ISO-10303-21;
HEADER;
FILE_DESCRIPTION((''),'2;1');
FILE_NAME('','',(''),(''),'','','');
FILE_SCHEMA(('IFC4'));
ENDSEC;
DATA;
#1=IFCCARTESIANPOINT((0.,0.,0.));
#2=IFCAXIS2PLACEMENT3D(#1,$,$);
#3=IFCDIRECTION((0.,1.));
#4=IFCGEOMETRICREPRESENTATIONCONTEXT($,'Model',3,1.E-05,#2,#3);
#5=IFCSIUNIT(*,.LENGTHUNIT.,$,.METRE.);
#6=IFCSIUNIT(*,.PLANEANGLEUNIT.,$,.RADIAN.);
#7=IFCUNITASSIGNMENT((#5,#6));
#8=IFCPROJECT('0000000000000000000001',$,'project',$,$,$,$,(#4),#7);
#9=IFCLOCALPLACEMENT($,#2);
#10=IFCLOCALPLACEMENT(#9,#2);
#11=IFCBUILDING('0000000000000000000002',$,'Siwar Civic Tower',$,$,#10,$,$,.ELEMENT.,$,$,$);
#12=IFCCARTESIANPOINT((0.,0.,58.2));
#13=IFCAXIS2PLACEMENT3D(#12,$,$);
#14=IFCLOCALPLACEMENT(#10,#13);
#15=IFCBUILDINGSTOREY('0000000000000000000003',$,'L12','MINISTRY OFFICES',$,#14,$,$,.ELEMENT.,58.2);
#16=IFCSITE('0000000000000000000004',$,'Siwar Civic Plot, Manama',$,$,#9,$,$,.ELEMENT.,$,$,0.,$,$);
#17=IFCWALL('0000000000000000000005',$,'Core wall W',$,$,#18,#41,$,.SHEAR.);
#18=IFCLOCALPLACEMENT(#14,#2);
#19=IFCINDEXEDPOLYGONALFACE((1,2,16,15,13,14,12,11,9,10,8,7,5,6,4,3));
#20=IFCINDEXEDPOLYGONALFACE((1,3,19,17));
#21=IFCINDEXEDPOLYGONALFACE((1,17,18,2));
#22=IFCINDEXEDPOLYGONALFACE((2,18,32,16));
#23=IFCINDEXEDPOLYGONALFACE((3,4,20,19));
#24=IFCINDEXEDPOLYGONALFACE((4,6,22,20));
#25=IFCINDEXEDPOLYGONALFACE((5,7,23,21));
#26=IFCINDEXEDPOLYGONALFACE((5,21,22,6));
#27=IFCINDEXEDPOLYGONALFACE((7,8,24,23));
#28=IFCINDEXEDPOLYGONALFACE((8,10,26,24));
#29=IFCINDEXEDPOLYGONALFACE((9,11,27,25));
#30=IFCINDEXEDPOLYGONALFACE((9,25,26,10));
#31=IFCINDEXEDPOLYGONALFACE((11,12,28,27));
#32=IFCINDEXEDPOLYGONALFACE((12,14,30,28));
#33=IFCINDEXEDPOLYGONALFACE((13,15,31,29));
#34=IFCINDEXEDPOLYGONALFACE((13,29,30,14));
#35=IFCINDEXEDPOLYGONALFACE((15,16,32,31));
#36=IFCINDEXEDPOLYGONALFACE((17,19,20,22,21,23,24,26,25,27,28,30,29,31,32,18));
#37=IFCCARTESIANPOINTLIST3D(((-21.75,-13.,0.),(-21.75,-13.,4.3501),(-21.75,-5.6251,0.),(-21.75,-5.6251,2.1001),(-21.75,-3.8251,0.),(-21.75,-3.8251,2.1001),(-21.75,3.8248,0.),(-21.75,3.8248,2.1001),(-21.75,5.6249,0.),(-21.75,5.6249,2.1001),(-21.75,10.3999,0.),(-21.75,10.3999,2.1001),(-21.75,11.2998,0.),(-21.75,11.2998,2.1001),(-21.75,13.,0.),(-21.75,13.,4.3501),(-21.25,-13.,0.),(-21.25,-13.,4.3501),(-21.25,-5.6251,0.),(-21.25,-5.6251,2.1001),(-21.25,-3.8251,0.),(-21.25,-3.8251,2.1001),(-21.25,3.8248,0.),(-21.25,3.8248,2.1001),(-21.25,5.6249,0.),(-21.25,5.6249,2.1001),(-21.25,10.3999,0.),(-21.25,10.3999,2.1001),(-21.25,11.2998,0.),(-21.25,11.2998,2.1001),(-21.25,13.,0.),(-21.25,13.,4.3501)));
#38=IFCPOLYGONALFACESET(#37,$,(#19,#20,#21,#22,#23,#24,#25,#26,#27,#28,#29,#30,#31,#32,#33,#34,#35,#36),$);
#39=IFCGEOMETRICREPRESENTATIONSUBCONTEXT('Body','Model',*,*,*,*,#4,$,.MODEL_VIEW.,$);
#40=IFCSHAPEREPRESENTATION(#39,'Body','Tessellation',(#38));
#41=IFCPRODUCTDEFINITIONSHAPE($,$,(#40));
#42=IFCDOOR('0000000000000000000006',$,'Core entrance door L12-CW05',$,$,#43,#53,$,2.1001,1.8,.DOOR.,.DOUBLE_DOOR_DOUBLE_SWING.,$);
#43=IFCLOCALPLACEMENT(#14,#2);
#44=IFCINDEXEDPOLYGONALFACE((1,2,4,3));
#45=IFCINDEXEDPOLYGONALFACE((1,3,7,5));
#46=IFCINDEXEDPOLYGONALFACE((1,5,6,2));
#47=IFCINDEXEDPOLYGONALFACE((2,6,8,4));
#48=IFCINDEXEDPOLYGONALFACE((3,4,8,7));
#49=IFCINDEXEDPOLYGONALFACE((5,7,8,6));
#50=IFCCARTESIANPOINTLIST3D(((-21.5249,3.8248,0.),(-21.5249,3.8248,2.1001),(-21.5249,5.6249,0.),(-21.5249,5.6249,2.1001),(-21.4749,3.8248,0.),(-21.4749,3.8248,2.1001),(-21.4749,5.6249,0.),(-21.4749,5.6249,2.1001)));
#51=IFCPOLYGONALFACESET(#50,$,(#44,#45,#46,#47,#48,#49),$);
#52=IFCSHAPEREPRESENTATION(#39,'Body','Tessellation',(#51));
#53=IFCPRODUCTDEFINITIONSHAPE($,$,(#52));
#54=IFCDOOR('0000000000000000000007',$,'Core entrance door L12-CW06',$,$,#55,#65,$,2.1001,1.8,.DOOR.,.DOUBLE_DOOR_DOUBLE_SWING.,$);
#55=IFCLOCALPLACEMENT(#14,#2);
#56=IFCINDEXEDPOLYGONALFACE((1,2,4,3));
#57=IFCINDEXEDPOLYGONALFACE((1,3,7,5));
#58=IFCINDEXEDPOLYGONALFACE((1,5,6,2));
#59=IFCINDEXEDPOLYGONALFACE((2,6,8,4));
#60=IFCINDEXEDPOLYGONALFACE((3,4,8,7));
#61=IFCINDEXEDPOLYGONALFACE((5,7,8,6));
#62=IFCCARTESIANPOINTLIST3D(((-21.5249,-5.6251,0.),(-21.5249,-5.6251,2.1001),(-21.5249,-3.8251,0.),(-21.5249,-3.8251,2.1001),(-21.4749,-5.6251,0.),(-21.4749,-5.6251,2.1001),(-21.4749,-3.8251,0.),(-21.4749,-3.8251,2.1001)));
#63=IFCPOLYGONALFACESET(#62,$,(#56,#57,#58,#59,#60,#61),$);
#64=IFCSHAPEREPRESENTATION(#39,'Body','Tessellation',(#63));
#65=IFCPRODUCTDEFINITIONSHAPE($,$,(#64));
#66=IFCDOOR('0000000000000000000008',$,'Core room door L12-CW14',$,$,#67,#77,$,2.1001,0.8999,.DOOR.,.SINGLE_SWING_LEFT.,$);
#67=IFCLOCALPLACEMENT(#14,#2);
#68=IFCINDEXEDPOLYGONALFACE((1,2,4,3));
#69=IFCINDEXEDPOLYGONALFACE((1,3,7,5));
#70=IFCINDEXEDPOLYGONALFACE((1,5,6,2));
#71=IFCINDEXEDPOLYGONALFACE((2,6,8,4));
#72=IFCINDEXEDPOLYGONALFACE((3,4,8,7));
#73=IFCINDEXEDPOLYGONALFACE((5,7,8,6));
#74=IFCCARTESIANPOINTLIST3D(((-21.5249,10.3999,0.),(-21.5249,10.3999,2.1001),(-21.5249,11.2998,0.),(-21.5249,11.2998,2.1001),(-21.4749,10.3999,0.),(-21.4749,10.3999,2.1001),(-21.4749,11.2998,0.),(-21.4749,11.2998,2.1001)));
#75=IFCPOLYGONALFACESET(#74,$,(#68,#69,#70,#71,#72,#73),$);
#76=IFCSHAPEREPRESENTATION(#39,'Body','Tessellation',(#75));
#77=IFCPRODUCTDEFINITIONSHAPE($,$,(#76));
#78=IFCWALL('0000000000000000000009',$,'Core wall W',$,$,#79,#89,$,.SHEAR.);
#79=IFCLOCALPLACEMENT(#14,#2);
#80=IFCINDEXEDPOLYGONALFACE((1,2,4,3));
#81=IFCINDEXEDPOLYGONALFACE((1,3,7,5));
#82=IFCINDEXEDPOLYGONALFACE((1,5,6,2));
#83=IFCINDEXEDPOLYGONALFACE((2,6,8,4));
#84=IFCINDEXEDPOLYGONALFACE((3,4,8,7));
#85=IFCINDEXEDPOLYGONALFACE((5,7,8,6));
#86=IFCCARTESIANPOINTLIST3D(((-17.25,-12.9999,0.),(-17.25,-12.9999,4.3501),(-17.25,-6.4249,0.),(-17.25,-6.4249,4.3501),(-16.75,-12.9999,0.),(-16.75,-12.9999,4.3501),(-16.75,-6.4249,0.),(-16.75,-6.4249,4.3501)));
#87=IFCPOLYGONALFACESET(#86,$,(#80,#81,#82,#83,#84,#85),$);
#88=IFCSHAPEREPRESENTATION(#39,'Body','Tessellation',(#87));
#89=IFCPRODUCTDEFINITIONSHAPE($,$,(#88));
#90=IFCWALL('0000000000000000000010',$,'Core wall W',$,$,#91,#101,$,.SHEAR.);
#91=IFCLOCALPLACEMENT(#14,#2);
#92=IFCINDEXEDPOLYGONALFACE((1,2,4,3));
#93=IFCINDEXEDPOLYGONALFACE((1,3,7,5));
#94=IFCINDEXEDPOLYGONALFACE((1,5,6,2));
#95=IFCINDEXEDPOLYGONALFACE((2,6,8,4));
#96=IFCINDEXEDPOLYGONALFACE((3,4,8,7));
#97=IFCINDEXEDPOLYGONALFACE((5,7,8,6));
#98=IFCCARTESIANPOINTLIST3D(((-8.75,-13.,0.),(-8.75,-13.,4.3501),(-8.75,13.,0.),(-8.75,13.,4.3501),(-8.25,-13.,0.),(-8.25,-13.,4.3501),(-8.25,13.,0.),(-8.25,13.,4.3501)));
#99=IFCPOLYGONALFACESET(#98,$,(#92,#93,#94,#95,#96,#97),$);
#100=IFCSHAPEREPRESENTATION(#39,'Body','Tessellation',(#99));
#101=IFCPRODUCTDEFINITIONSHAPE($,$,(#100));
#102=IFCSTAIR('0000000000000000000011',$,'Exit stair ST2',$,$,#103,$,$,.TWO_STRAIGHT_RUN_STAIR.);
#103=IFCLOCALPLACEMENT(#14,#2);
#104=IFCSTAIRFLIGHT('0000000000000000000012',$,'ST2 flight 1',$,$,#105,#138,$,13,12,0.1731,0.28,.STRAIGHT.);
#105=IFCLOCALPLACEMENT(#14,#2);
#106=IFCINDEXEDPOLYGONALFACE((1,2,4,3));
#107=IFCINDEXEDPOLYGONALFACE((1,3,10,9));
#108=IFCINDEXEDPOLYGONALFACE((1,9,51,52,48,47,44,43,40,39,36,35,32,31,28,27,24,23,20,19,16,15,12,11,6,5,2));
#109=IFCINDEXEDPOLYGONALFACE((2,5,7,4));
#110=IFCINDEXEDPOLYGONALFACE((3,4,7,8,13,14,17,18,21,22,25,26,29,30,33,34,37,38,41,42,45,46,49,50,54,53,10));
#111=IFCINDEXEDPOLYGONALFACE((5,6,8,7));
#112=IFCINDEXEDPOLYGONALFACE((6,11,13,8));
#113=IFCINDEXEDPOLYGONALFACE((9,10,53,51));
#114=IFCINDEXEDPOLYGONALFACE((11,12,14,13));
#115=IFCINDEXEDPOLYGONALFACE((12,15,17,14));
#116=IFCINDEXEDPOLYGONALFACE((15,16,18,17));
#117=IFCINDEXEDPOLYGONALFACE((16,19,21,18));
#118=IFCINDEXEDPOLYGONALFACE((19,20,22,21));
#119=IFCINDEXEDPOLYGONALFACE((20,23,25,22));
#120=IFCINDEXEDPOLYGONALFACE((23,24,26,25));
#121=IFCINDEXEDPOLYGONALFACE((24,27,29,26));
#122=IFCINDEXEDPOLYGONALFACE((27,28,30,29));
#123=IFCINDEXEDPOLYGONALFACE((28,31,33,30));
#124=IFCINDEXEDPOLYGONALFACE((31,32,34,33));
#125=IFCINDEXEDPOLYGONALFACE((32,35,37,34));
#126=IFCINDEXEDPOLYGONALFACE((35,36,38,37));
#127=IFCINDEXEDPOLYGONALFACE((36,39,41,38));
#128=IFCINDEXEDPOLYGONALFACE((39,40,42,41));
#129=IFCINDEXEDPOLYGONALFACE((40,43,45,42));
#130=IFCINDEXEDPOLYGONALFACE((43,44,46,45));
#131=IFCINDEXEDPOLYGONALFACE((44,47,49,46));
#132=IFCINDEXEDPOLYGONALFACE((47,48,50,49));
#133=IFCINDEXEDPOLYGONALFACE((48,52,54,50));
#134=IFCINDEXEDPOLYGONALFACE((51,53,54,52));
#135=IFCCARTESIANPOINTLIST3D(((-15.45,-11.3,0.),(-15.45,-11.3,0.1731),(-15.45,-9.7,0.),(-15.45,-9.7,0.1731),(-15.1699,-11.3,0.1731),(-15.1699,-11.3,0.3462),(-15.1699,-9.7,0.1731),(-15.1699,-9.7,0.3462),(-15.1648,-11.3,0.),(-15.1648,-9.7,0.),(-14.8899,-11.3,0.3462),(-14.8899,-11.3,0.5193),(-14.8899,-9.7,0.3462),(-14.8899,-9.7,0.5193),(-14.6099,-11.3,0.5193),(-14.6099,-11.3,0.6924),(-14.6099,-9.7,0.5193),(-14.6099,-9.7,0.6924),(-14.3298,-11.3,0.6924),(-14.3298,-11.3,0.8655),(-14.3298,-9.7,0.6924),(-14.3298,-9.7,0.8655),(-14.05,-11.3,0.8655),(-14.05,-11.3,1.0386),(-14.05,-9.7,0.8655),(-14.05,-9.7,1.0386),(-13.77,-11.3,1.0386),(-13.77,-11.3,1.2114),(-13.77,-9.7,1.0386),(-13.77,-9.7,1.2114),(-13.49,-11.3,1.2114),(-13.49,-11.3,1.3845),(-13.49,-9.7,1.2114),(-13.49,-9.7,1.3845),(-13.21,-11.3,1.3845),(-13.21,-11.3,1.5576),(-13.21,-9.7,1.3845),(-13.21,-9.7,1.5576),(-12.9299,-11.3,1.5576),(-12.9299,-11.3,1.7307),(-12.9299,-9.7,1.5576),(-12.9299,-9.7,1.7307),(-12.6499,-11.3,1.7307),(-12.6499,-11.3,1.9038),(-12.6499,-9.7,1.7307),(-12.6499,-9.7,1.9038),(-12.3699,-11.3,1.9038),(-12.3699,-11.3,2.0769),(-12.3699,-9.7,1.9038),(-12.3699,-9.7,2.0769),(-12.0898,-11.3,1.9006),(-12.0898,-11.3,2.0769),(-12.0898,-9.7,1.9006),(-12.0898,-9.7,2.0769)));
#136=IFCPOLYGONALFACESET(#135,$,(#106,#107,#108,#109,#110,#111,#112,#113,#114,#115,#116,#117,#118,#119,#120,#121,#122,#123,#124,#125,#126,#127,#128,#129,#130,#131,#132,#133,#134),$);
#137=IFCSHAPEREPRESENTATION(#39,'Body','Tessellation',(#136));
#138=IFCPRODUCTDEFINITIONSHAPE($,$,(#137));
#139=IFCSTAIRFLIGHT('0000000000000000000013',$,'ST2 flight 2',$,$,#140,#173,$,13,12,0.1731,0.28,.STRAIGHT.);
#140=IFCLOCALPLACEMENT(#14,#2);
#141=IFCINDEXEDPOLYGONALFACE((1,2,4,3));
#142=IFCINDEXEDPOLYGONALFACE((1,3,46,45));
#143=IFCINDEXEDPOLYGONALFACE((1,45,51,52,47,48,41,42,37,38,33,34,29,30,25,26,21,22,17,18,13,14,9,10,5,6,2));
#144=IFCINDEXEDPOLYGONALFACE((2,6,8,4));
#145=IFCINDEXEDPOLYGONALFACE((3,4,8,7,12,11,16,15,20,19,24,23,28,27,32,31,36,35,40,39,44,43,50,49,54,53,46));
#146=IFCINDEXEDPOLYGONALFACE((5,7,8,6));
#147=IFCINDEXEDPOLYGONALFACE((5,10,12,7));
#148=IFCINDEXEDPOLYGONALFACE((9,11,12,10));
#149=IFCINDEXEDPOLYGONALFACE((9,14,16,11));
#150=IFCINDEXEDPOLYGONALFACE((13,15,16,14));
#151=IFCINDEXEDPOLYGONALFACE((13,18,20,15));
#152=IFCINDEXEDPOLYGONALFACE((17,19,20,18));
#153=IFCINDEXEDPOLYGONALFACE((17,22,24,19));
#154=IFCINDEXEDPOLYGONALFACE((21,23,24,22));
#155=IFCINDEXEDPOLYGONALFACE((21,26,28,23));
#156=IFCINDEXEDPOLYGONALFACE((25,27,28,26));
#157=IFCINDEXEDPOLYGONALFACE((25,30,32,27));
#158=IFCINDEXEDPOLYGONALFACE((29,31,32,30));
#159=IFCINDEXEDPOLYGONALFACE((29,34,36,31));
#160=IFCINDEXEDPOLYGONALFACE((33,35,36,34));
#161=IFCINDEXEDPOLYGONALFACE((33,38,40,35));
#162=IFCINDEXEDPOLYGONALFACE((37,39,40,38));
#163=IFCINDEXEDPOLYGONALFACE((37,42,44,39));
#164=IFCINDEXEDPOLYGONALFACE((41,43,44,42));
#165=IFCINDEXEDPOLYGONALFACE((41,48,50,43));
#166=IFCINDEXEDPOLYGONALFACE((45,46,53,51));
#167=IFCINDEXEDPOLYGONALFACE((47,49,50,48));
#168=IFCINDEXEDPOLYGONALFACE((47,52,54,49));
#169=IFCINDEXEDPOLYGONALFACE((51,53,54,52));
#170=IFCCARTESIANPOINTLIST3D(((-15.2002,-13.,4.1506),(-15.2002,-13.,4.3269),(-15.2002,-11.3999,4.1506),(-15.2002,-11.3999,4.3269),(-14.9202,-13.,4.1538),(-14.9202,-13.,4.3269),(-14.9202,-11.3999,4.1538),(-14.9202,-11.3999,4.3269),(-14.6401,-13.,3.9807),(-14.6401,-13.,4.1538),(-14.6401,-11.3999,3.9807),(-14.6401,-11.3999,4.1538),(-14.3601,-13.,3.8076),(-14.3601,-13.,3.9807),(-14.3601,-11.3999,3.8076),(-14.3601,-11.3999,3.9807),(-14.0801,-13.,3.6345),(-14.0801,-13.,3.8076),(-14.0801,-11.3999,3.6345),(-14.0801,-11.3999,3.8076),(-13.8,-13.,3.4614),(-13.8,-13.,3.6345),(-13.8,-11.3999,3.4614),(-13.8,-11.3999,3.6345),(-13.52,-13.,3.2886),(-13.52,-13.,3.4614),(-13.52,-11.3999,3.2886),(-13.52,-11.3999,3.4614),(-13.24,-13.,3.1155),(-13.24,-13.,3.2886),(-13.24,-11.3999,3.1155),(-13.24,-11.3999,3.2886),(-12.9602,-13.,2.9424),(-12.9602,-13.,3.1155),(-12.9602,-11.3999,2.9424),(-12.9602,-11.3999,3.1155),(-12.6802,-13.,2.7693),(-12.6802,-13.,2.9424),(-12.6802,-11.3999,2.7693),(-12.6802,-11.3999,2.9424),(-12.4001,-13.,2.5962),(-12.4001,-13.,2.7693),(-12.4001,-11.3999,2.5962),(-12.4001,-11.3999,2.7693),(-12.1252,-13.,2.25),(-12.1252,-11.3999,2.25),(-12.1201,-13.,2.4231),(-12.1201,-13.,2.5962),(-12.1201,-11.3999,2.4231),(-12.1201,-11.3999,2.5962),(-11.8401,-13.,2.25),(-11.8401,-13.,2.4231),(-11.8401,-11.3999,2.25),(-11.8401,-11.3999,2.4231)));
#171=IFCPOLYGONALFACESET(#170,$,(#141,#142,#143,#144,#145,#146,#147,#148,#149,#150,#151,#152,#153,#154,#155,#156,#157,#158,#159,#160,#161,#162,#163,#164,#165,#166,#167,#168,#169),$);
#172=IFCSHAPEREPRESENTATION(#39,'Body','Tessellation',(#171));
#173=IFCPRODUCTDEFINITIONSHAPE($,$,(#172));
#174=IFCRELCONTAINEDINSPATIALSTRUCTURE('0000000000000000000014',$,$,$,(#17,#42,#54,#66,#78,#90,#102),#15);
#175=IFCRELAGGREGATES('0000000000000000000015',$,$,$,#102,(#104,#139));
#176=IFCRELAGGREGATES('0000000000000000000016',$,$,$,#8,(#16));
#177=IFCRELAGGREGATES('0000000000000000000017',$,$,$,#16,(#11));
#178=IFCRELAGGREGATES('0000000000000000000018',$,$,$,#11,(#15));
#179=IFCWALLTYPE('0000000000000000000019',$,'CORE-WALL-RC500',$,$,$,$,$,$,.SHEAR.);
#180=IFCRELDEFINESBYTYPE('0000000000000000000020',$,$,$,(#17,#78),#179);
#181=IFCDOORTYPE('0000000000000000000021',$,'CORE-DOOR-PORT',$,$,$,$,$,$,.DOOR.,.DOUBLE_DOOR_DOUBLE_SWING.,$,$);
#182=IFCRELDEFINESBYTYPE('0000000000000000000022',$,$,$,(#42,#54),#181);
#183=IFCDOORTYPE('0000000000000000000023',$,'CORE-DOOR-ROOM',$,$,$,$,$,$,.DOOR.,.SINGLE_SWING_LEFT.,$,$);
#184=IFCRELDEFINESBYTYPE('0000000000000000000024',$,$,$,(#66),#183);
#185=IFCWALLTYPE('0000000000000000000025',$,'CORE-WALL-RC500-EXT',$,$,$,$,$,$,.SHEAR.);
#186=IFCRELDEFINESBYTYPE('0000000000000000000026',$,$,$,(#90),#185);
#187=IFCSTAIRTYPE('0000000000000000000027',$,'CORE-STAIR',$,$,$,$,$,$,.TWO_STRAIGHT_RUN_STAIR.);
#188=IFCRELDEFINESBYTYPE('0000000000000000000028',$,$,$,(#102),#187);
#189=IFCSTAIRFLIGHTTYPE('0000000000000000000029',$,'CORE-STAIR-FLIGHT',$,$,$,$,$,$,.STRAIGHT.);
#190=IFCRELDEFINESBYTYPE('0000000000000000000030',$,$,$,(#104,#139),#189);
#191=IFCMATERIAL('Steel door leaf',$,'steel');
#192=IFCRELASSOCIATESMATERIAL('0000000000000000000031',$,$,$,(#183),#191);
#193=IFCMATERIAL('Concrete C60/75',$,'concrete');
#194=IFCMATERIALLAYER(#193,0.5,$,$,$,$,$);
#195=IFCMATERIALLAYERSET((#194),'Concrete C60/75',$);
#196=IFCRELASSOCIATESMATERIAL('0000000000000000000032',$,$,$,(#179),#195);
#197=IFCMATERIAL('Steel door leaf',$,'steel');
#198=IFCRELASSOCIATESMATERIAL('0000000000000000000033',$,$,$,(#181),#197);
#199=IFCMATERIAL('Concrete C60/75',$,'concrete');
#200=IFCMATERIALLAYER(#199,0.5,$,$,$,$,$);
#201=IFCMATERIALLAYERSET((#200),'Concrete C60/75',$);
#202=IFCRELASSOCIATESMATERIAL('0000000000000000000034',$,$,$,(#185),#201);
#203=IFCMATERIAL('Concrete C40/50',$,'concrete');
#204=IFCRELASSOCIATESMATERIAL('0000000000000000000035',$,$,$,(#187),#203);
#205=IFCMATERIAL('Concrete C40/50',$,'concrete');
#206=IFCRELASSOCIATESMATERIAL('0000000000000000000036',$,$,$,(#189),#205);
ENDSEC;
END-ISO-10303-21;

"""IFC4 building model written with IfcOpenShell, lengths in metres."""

from ifc_helpers import new_model, si_unit, direction, frame, frame_2d, origin, place, context, subcontext, project, spatial, polyline, rectangle, outline, extrude, material, layer, layer_set, type_object, element, fill, aggregate, save


model = new_model("IFC4")

# Units and contexts
model_context = context("Model", 3, precision=1e-05, world=origin(), true_north=direction((0.0, 1.0)))
body_context = subcontext(model_context, "Body", "Model", "MODEL_VIEW")
ifc_project = project(units=[si_unit("LENGTHUNIT", "METRE"), si_unit("PLANEANGLEUNIT", "RADIAN")], contexts=[model_context])

# Site, building, storey
site_placement = place(None, origin())
site = spatial("IfcSite", under=ifc_project, at=site_placement, Name="Siwar Civic Plot, Manama", CompositionType="ELEMENT", RefElevation=0.0)
building_placement = place(site_placement, origin())
building = spatial("IfcBuilding", under=site, at=building_placement, Name="Siwar Civic Tower", CompositionType="ELEMENT")
storey_placement = place(building_placement, frame((0.0, 0.0, 58.2)))
storey = spatial("IfcBuildingStorey", under=building, at=storey_placement, Name="L12", Description="MINISTRY OFFICES", CompositionType="ELEMENT", Elevation=58.2)

# Shared definitions
ifc_material_1 = material(Name="Steel door leaf", Category="steel")
door_type_1 = type_object("IfcDoorType", Name="CORE-DOOR-ROOM", OperationType="SINGLE_SWING_LEFT", PredefinedType="DOOR", material=ifc_material_1)

# Wall, openings, doors
ifc_material_2 = material(Name="Concrete C60/75", Category="concrete")
ifc_layer_1 = layer(ifc_material_2, 0.5)
ifc_layer_set_1 = layer_set([ifc_layer_1], Name="Concrete C60/75")
wall_type_1 = type_object("IfcWallType", Name="CORE-WALL-RC500", PredefinedType="SHEAR", material=ifc_layer_set_1)
wall_1_placement = place(storey_placement, frame((-21.5, -13.0, 0.0), z_axis=(0.0, 0.0, 1.0), x_axis=(0.0, 1.0, 0.0)))
wall_1 = element("IfcWall", 1, at=wall_1_placement, inside=storey, type_object=wall_type_1, Name="Core wall W", PredefinedType="SHEAR", context=body_context, shape_type="SweptSolid", body=[
    extrude(rectangle(XDim=26.0, YDim=0.5, at=frame_2d((13.0, 0.0))), origin(), (0.0, 0.0, 1.0), 4.3501),
])
opening_1_placement = place(wall_1_placement, frame((16.825, 0.0, 0.0)))
opening_1 = element("IfcOpeningElement", 2, at=opening_1_placement, cuts=wall_1, PredefinedType="OPENING", context=body_context, shape_type="SweptSolid", body=[
    extrude(rectangle(XDim=1.8, YDim=2.1001, at=frame_2d((0.8999, 1.05))), frame((0.0, 0.26, 0.0), z_axis=(0.0, -1.0, 0.0), x_axis=(1.0, 0.0, 0.0)), (0.0, 0.0, 1.0), 0.52),
])
opening_2_placement = place(wall_1_placement, frame((7.375, 0.0, 0.0)))
opening_2 = element("IfcOpeningElement", 3, at=opening_2_placement, cuts=wall_1, PredefinedType="OPENING", context=body_context, shape_type="SweptSolid", body=[
    extrude(rectangle(XDim=1.8, YDim=2.1001, at=frame_2d((0.8999, 1.05))), frame((0.0, 0.26, 0.0), z_axis=(0.0, -1.0, 0.0), x_axis=(1.0, 0.0, 0.0)), (0.0, 0.0, 1.0), 0.52),
])
opening_3_placement = place(wall_1_placement, frame((23.3999, 0.0, 0.0)))
opening_3 = element("IfcOpeningElement", 4, at=opening_3_placement, cuts=wall_1, PredefinedType="OPENING", context=body_context, shape_type="SweptSolid", body=[
    extrude(rectangle(XDim=0.8999, YDim=2.1001, at=frame_2d((0.45, 1.05))), frame((0.0, 0.26, 0.0), z_axis=(0.0, -1.0, 0.0), x_axis=(1.0, 0.0, 0.0)), (0.0, 0.0, 1.0), 0.52),
])
ifc_material_3 = material(Name="Steel door leaf", Category="steel")
door_type_2 = type_object("IfcDoorType", Name="CORE-DOOR-PORT", OperationType="DOUBLE_DOOR_DOUBLE_SWING", PredefinedType="DOOR", material=ifc_material_3)
door_1_placement = place(opening_1_placement, origin())
door_1 = element("IfcDoor", 5, at=door_1_placement, inside=storey, type_object=door_type_2, Name="Core entrance door L12-CW05", OperationType="DOUBLE_DOOR_DOUBLE_SWING", OverallHeight=2.1001, OverallWidth=1.8, PredefinedType="DOOR", context=body_context, shape_type="SweptSolid", body=[
    extrude(rectangle(XDim=1.8, YDim=2.1001, at=frame_2d((0.8999, 1.05))), frame((0.0, 0.0249, 0.0), z_axis=(0.0, -1.0, 0.0), x_axis=(1.0, 0.0, 0.0)), (0.0, 0.0, 1.0), 0.05),
])
fill(opening_1, door_1)
door_2_placement = place(opening_2_placement, origin())
door_2 = element("IfcDoor", 6, at=door_2_placement, inside=storey, type_object=door_type_2, Name="Core entrance door L12-CW06", OperationType="DOUBLE_DOOR_DOUBLE_SWING", OverallHeight=2.1001, OverallWidth=1.8, PredefinedType="DOOR", context=body_context, shape_type="SweptSolid", body=[
    extrude(rectangle(XDim=1.8, YDim=2.1001, at=frame_2d((0.8999, 1.05))), frame((0.0, 0.0249, 0.0), z_axis=(0.0, -1.0, 0.0), x_axis=(1.0, 0.0, 0.0)), (0.0, 0.0, 1.0), 0.05),
])
fill(opening_2, door_2)
door_3_placement = place(opening_3_placement, origin())
door_3 = element("IfcDoor", 7, at=door_3_placement, inside=storey, type_object=door_type_1, Name="Core room door L12-CW14", OperationType="SINGLE_SWING_LEFT", OverallHeight=2.1001, OverallWidth=0.8999, PredefinedType="DOOR", context=body_context, shape_type="SweptSolid", body=[
    extrude(rectangle(XDim=0.8999, YDim=2.1001, at=frame_2d((0.45, 1.05))), frame((0.0, 0.0249, 0.0), z_axis=(0.0, -1.0, 0.0), x_axis=(1.0, 0.0, 0.0)), (0.0, 0.0, 1.0), 0.05),
])
fill(opening_3, door_3)

# Walls
wall_2_placement = place(storey_placement, frame((-17.0, -13.0, 0.0), z_axis=(0.0, 0.0, 1.0), x_axis=(0.0, 1.0, 0.0)))
element("IfcWall", 8, at=wall_2_placement, inside=storey, type_object=wall_type_1, Name="Core wall W", PredefinedType="SHEAR", context=body_context, shape_type="SweptSolid", body=[
    extrude(rectangle(XDim=6.575, YDim=0.5, at=frame_2d((3.2876, 0.0))), origin(), (0.0, 0.0, 1.0), 4.3501),
])
ifc_material_4 = material(Name="Concrete C60/75", Category="concrete")
ifc_layer_2 = layer(ifc_material_4, 0.5)
ifc_layer_set_2 = layer_set([ifc_layer_2], Name="Concrete C60/75")
wall_type_2 = type_object("IfcWallType", Name="CORE-WALL-RC500-EXT", PredefinedType="SHEAR", material=ifc_layer_set_2)
wall_3_placement = place(storey_placement, frame((-8.5, -13.0, 0.0), z_axis=(0.0, 0.0, 1.0), x_axis=(0.0, 1.0, 0.0)))
element("IfcWall", 9, at=wall_3_placement, inside=storey, type_object=wall_type_2, Name="Core wall W", PredefinedType="SHEAR", context=body_context, shape_type="SweptSolid", body=[
    extrude(rectangle(XDim=26.0, YDim=0.5, at=frame_2d((13.0, 0.0))), origin(), (0.0, 0.0, 1.0), 4.3501),
])

# Stair, stair flights
ifc_material_5 = material(Name="Concrete C40/50", Category="concrete")
stair_type = type_object("IfcStairType", Name="CORE-STAIR", PredefinedType="TWO_STRAIGHT_RUN_STAIR", material=ifc_material_5)
stair_placement = place(storey_placement, origin())
stair = element("IfcStair", 10, at=stair_placement, inside=storey, type_object=stair_type, Name="Exit stair ST2", PredefinedType="TWO_STRAIGHT_RUN_STAIR")
ifc_material_6 = material(Name="Concrete C40/50", Category="concrete")
stair_flight_type = type_object("IfcStairFlightType", Name="CORE-STAIR-FLIGHT", PredefinedType="STRAIGHT", material=ifc_material_6)
stair_flight_1_placement = place(storey_placement, frame((-15.45, -10.5, 0.0), z_axis=(0.0, 0.0, 1.0), x_axis=(1.0, 0.0, 0.0)))
stair_flight_1 = element("IfcStairFlight", 11, at=stair_flight_1_placement, type_object=stair_flight_type, Name="ST2 flight 1", NumberOfRisers=13, NumberOfTreads=12, PredefinedType="STRAIGHT", RiserHeight=0.1731, TreadLength=0.28, context=body_context, shape_type="SweptSolid", body=[
    extrude(outline(polyline([(0.0, 0.0), (0.0, 0.1731), (0.28, 0.1731), (0.28, 0.3462), (0.5601, 0.3462), (0.5601, 0.5193), (0.8401, 0.5193), (0.8401, 0.6924), (1.1201, 0.6924), (1.1201, 0.8655), (1.3999, 0.8655), (1.3999, 1.0386), (1.6799, 1.0386), (1.6799, 1.2114), (1.96, 1.2114), (1.96, 1.3845), (2.24, 1.3845), (2.24, 1.5576), (2.52, 1.5576), (2.52, 1.7307), (2.8, 1.7307), (2.8, 1.9038), (3.0801, 1.9038), (3.0801, 2.0769), (3.3601, 2.0769), (3.3601, 2.25), (3.3601, 1.9006), (0.2852, 0.0), (0.0, 0.0)])), frame((0.0, 0.8, 0.0), z_axis=(0.0, -1.0, 0.0), x_axis=(1.0, 0.0, 0.0)), (0.0, 0.0, 1.0), 1.6001),
])
stair_flight_2_placement = place(storey_placement, frame((-11.8401, -12.2, 2.25), z_axis=(0.0, 0.0, 1.0), x_axis=(-1.0, 0.0, 0.0)))
stair_flight_2 = element("IfcStairFlight", 12, at=stair_flight_2_placement, type_object=stair_flight_type, Name="ST2 flight 2", NumberOfRisers=13, NumberOfTreads=12, PredefinedType="STRAIGHT", RiserHeight=0.1731, TreadLength=0.28, context=body_context, shape_type="SweptSolid", body=[
    extrude(outline(polyline([(0.0, 0.0), (0.0, 0.1731), (0.28, 0.1731), (0.28, 0.3462), (0.5601, 0.3462), (0.5601, 0.5193), (0.8401, 0.5193), (0.8401, 0.6924), (1.1201, 0.6924), (1.1201, 0.8655), (1.3999, 0.8655), (1.3999, 1.0386), (1.6799, 1.0386), (1.6799, 1.2114), (1.96, 1.2114), (1.96, 1.3845), (2.24, 1.3845), (2.24, 1.5576), (2.52, 1.5576), (2.52, 1.7307), (2.8, 1.7307), (2.8, 1.9038), (3.0801, 1.9038), (3.0801, 2.0769), (3.3601, 2.0769), (3.3601, 2.25), (3.3601, 1.9006), (0.2852, 0.0), (0.0, 0.0)])), frame((0.0, 0.8, 0.0), z_axis=(0.0, -1.0, 0.0), x_axis=(1.0, 0.0, 0.0)), (0.0, 0.0, 1.0), 1.6001),
])
aggregate(stair, [stair_flight_1, stair_flight_2])

save(model, "model.ifc")
